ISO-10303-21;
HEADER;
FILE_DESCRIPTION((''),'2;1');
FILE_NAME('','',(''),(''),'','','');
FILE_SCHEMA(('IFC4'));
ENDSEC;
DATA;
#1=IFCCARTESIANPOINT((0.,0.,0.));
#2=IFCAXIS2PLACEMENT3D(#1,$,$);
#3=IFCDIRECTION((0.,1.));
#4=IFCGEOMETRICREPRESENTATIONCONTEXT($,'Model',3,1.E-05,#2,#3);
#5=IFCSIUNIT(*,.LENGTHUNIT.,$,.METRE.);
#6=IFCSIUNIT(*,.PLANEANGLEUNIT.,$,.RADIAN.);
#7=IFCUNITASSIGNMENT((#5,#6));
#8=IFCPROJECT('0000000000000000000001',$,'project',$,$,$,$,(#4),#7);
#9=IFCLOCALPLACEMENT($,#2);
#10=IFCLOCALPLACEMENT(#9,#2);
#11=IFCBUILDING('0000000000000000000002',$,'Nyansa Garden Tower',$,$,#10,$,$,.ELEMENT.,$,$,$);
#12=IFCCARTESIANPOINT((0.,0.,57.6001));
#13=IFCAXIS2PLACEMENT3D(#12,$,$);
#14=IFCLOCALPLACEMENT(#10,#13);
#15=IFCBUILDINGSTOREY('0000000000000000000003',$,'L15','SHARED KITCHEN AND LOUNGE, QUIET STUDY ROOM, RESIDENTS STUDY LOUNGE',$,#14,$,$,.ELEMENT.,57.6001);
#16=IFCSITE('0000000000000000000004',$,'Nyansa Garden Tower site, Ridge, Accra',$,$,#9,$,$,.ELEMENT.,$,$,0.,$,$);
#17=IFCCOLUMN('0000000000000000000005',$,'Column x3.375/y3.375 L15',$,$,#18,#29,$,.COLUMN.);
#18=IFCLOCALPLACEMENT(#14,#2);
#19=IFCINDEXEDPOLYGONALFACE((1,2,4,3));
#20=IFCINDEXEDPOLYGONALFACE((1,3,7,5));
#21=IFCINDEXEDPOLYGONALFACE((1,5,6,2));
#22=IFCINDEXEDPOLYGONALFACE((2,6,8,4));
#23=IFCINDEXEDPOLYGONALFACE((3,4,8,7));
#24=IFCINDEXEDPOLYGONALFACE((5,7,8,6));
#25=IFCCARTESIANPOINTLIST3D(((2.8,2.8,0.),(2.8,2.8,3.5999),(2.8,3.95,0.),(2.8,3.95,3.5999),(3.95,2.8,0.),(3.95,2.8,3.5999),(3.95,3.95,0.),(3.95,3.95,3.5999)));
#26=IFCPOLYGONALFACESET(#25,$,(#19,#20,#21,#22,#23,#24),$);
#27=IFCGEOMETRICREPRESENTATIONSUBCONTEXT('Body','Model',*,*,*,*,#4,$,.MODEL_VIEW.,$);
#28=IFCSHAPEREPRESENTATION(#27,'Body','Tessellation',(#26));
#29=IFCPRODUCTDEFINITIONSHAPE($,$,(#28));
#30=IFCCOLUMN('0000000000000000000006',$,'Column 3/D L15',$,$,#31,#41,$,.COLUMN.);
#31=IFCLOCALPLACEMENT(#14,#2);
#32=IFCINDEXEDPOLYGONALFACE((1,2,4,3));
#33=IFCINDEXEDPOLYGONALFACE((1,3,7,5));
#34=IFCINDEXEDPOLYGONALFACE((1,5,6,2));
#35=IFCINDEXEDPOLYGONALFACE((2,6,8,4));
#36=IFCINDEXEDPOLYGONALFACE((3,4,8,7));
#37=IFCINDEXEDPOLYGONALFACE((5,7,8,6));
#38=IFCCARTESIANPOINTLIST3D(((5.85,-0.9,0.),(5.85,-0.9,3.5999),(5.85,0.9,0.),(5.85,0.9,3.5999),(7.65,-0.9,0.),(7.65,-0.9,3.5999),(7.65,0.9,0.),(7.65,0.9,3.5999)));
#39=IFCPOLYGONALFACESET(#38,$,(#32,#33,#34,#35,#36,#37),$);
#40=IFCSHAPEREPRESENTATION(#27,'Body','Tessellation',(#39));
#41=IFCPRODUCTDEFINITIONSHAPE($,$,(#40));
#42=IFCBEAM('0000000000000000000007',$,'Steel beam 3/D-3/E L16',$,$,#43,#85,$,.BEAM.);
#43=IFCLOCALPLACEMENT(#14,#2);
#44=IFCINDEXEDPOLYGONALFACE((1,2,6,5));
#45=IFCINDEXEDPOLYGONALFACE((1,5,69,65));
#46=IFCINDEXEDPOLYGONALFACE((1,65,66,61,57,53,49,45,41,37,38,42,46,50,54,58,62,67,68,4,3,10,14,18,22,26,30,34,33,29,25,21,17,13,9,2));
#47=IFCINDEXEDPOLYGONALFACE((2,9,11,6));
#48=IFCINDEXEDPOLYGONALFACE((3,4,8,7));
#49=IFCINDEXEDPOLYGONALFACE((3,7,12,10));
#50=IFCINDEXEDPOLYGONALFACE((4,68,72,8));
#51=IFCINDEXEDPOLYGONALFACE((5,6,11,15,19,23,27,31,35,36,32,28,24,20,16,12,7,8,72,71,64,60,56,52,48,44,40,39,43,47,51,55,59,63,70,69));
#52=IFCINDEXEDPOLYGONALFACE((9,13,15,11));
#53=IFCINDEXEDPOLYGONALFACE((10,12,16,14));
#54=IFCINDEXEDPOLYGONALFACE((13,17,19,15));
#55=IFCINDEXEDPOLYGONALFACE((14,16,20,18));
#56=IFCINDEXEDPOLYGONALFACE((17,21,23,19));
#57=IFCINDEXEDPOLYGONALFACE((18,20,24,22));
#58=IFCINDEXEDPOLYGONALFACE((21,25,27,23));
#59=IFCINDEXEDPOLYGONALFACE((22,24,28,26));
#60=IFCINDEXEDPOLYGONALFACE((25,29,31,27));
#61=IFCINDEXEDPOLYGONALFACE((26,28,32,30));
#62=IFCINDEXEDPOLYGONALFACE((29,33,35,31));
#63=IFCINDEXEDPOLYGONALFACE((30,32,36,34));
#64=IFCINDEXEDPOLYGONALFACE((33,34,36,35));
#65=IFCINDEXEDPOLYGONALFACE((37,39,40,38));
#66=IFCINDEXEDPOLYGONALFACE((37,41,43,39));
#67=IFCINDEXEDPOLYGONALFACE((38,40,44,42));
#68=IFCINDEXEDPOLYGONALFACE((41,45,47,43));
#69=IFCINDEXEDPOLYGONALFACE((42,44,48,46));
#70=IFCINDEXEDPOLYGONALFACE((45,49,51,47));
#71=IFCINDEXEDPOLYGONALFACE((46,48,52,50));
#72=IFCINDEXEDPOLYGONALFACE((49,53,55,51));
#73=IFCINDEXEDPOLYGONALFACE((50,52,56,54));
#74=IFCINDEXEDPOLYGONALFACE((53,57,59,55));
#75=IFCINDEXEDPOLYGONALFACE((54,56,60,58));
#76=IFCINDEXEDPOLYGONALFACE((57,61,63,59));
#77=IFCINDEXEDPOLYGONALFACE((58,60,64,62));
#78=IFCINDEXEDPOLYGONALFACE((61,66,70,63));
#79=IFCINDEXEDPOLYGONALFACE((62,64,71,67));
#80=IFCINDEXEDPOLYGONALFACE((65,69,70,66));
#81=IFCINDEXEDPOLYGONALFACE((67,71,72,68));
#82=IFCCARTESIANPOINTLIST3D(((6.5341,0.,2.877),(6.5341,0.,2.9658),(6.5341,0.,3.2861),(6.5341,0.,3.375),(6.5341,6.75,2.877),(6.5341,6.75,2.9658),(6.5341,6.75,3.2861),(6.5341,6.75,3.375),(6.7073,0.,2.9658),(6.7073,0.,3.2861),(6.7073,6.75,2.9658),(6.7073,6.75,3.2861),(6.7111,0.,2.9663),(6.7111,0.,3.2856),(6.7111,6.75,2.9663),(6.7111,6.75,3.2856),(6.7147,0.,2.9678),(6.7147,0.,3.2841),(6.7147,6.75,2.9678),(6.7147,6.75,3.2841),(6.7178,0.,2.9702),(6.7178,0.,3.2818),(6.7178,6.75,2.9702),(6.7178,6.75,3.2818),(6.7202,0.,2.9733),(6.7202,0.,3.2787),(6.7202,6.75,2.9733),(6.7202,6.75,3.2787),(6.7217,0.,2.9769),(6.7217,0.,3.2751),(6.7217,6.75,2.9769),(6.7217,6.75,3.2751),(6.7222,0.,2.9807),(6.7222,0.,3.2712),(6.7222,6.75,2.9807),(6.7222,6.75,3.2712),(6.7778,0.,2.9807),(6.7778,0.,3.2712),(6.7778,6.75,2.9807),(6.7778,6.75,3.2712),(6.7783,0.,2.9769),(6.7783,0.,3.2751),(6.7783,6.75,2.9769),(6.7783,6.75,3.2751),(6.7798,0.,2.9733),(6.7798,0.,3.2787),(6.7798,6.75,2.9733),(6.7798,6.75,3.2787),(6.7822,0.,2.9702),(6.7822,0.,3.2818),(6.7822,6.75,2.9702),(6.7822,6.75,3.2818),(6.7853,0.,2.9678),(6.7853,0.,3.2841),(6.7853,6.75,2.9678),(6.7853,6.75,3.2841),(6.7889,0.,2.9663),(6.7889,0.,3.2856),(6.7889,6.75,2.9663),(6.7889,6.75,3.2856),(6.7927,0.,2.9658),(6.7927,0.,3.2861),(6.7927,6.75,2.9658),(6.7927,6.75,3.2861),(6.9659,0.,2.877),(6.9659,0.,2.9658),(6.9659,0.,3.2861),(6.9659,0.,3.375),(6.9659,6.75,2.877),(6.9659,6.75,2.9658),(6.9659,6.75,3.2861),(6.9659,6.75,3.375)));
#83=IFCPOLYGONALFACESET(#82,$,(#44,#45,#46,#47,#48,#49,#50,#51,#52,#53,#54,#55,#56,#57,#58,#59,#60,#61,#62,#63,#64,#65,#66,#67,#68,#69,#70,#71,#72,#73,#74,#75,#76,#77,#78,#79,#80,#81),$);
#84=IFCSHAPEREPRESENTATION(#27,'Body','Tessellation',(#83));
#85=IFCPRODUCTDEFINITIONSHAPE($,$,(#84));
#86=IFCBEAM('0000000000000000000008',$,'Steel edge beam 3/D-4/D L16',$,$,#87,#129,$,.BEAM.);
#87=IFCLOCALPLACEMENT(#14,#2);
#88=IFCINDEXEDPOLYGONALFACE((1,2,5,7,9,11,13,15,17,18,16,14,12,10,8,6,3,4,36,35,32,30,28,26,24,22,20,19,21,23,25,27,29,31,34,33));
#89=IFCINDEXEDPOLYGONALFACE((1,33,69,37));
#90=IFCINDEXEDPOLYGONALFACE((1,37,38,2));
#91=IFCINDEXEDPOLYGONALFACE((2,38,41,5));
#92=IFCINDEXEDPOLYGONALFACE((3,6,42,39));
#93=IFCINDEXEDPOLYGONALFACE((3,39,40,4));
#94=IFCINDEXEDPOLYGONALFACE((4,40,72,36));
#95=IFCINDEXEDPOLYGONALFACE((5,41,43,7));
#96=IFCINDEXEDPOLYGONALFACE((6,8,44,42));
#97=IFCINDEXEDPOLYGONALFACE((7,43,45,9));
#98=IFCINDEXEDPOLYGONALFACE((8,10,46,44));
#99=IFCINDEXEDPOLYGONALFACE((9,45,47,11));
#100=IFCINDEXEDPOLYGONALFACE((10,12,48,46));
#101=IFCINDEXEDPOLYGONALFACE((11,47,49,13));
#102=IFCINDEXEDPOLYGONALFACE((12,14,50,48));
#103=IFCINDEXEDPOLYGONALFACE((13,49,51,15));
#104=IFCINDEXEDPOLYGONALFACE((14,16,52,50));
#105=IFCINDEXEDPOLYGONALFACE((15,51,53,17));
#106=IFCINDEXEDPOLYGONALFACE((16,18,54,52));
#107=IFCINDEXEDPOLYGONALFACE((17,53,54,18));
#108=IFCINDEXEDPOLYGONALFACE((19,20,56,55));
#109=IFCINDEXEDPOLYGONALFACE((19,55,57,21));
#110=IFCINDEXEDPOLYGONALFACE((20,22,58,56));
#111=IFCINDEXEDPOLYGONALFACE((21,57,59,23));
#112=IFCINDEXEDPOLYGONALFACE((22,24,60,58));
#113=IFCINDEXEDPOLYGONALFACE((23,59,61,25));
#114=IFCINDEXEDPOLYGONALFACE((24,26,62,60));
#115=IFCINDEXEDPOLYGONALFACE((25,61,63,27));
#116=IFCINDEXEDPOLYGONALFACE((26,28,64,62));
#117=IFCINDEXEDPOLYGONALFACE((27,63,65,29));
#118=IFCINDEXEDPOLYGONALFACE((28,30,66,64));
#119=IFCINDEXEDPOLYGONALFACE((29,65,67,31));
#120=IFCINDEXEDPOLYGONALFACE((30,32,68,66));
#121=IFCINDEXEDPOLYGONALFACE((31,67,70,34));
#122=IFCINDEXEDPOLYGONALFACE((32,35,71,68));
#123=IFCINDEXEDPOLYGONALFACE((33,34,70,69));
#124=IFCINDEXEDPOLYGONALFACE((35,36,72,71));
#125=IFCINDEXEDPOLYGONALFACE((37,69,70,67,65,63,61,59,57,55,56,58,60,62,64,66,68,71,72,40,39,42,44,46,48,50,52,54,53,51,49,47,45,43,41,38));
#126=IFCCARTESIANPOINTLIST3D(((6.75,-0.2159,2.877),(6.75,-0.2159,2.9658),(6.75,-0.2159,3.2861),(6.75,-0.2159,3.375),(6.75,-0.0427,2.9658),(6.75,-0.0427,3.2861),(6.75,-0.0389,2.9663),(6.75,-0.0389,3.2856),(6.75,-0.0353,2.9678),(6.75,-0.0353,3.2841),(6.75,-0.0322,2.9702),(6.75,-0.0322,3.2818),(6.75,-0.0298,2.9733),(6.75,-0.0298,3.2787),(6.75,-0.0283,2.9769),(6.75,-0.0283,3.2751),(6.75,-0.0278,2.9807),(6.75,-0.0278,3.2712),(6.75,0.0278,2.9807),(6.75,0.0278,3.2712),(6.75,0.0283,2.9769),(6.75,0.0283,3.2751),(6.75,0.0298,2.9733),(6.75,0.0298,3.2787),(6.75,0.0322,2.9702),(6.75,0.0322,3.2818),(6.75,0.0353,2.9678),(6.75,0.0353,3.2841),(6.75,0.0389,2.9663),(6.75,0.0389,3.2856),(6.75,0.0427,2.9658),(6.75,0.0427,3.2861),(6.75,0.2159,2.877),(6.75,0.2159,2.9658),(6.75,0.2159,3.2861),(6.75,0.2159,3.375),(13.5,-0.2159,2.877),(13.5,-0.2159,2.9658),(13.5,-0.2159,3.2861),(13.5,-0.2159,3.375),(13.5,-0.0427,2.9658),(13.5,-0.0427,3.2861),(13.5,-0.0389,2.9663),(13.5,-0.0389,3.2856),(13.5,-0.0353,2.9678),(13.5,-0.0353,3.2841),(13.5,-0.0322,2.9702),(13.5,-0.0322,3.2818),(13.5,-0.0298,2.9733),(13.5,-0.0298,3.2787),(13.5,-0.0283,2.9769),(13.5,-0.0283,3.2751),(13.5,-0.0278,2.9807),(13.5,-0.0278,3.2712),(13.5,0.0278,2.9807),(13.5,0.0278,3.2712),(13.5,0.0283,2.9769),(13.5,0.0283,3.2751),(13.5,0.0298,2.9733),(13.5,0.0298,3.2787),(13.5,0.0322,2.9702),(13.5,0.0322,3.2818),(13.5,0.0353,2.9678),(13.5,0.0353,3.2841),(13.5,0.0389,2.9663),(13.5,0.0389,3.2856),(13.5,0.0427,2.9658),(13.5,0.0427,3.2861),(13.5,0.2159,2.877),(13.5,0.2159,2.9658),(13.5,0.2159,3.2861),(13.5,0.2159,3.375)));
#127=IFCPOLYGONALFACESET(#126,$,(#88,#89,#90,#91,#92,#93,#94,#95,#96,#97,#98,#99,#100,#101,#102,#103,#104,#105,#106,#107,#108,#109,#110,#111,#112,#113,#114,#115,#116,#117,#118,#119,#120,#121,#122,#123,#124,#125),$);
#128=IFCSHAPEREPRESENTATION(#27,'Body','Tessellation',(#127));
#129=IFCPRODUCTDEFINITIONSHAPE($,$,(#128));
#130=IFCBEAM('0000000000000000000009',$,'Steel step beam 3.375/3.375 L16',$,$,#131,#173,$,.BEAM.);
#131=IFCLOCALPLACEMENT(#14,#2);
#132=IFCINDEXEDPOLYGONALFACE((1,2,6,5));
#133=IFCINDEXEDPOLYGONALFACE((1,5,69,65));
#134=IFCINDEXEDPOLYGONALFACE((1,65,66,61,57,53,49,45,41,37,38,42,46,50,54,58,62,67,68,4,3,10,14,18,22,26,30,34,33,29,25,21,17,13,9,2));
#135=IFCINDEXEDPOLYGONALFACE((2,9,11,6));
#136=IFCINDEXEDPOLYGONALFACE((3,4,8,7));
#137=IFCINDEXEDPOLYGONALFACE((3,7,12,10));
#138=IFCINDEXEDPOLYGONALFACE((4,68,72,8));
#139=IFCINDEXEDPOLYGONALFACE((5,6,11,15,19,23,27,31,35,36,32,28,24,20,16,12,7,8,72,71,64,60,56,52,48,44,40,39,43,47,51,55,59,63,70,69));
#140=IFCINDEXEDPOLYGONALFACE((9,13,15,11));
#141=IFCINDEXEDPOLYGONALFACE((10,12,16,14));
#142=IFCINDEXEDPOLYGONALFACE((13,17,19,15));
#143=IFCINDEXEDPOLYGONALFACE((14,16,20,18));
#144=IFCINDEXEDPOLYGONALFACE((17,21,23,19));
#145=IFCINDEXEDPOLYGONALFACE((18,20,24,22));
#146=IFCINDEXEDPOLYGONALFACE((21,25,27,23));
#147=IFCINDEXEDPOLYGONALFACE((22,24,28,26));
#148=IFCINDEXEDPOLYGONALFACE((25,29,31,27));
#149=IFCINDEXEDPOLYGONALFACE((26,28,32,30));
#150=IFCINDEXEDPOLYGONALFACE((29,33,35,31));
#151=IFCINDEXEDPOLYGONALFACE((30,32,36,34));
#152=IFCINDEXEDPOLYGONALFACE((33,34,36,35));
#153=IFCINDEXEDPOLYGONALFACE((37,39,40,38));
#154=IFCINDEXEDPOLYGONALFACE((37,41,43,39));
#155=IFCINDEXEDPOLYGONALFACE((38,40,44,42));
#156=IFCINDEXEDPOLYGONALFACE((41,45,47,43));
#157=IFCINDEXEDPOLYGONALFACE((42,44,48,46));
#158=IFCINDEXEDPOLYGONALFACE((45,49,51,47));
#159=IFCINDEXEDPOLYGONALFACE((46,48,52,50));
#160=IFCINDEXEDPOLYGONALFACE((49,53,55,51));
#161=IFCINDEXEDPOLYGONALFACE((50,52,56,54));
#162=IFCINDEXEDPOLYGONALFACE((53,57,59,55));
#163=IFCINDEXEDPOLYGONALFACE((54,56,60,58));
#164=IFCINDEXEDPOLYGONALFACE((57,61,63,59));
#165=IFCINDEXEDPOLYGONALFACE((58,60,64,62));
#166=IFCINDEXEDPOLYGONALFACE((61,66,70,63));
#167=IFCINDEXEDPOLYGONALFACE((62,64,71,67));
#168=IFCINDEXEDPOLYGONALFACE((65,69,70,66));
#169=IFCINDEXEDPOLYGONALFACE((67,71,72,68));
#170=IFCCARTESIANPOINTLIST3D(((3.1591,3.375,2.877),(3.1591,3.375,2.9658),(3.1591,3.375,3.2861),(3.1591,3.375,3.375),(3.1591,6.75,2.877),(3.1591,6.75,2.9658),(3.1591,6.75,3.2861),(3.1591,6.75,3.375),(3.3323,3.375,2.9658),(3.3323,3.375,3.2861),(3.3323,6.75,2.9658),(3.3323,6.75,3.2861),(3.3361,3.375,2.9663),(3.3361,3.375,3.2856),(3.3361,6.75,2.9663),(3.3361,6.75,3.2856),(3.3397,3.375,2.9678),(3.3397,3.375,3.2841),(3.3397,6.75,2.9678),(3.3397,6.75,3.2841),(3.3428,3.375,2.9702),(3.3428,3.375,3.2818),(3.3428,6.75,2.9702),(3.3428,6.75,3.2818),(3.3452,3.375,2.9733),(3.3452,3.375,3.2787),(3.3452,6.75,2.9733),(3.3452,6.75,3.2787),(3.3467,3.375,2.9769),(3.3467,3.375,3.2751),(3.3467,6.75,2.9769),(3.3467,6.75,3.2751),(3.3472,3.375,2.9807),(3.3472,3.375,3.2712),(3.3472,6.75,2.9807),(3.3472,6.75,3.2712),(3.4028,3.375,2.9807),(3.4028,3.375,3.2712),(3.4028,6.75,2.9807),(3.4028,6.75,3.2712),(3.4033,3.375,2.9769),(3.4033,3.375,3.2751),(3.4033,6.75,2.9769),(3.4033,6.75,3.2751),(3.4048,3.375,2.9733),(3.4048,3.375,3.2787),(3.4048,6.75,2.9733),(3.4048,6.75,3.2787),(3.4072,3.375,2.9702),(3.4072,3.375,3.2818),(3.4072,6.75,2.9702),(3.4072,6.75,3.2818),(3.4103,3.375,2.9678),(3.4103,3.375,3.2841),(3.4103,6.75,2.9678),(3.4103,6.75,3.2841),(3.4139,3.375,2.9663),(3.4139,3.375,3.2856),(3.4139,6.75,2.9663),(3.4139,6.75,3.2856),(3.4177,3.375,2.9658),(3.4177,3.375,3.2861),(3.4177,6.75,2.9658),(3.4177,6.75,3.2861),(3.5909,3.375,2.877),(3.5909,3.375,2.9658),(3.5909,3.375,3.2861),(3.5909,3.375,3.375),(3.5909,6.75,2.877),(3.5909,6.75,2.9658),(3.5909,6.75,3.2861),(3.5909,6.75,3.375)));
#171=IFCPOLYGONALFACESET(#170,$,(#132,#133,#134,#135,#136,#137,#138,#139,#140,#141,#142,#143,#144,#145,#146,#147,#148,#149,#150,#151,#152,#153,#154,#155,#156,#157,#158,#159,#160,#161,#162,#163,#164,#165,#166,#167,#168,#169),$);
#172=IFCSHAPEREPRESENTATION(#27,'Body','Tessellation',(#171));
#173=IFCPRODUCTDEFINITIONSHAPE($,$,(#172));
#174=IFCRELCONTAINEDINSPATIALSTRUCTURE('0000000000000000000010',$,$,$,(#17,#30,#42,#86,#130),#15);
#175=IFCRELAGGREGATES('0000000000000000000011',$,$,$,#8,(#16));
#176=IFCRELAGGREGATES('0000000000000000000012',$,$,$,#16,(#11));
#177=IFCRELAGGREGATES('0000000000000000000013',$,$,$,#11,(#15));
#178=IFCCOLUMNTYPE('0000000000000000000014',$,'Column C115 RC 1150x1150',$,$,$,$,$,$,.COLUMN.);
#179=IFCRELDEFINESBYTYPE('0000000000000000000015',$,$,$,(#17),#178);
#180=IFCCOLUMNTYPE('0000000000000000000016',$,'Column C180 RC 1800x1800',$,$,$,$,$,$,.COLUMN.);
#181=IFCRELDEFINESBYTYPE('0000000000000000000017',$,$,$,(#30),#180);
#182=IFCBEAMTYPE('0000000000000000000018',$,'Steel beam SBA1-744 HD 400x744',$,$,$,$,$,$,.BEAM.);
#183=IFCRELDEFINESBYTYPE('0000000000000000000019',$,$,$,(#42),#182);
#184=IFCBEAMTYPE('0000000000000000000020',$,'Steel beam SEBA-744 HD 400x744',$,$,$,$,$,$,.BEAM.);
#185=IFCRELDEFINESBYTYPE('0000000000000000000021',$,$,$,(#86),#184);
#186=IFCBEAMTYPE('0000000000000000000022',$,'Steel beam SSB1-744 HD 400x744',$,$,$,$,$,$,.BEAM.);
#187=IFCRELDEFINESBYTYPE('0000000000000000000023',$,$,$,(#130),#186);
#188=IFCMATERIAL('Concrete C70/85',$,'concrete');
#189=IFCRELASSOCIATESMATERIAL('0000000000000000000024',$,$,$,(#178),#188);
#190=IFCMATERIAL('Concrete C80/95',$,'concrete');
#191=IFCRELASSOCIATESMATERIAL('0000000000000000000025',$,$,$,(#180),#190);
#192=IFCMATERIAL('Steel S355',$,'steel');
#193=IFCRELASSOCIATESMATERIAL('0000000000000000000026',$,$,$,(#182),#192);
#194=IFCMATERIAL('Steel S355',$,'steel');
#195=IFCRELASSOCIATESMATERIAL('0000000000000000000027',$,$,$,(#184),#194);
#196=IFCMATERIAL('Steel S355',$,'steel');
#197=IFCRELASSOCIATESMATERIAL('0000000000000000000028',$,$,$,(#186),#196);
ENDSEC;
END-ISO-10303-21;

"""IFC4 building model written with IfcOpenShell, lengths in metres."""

from ifc_helpers import new_model, si_unit, direction, frame, origin, origin_2d, place, context, subcontext, project, spatial, rectangle, i_section, extrude, material, material_profile, profile_set, type_object, element, save


model = new_model("IFC4")

# Units and contexts
model_context = context("Model", 3, precision=1e-05, world=origin(), true_north=direction((0.0, 1.0)))
body_context = subcontext(model_context, "Body", "Model", "MODEL_VIEW")
ifc_project = project(units=[si_unit("LENGTHUNIT", "METRE"), si_unit("PLANEANGLEUNIT", "RADIAN")], contexts=[model_context])

# Site, building, storey
site_placement = place(None, origin())
site = spatial("IfcSite", under=ifc_project, at=site_placement, Name="Nyansa Garden Tower site, Ridge, Accra", CompositionType="ELEMENT", RefElevation=0.0)
building_placement = place(site_placement, origin())
building = spatial("IfcBuilding", under=site, at=building_placement, Name="Nyansa Garden Tower", CompositionType="ELEMENT")
storey_placement = place(building_placement, frame((0.0, 0.0, 57.6001)))
storey = spatial("IfcBuildingStorey", under=building, at=storey_placement, Name="L15", Description="SHARED KITCHEN AND LOUNGE, QUIET STUDY ROOM, RESIDENTS STUDY LOUNGE", CompositionType="ELEMENT", Elevation=57.6001)

# Columns
ifc_material_1 = material(Name="Concrete C70/85", Category="concrete")
ifc_material_profile_1 = material_profile(ifc_material_1, rectangle(XDim=1.1499, YDim=1.1499, at=origin_2d()), Name="RC 1150x1150")
ifc_profile_set_1 = profile_set([ifc_material_profile_1], Name="Concrete C70/85")
column_type_1 = type_object("IfcColumnType", Name="Column C115 RC 1150x1150", PredefinedType="COLUMN", material=ifc_profile_set_1)
column_1_placement = place(storey_placement, frame((3.375, 3.375, 0.0), z_axis=(0.0, 0.0, 1.0), x_axis=(1.0, 0.0, 0.0)))
element("IfcColumn", 1, at=column_1_placement, inside=storey, type_object=column_type_1, Name="Column x3.375/y3.375 L15", PredefinedType="COLUMN", context=body_context, shape_type="SweptSolid", body=[
    extrude(rectangle(XDim=1.1499, YDim=1.1499, at=origin_2d()), origin(), (0.0, 0.0, 1.0), 3.5999),
])
ifc_material_2 = material(Name="Concrete C80/95", Category="concrete")
ifc_material_profile_2 = material_profile(ifc_material_2, rectangle(XDim=1.8, YDim=1.8, at=origin_2d()), Name="RC 1800x1800")
ifc_profile_set_2 = profile_set([ifc_material_profile_2], Name="Concrete C80/95")
column_type_2 = type_object("IfcColumnType", Name="Column C180 RC 1800x1800", PredefinedType="COLUMN", material=ifc_profile_set_2)
column_2_placement = place(storey_placement, frame((6.75, 0.0, 0.0), z_axis=(0.0, 0.0, 1.0), x_axis=(1.0, 0.0, 0.0)))
element("IfcColumn", 2, at=column_2_placement, inside=storey, type_object=column_type_2, Name="Column 3/D L15", PredefinedType="COLUMN", context=body_context, shape_type="SweptSolid", body=[
    extrude(rectangle(XDim=1.8, YDim=1.8, at=origin_2d()), origin(), (0.0, 0.0, 1.0), 3.5999),
])

# Beams
ifc_material_3 = material(Name="Steel S355", Category="steel")
ifc_material_profile_3 = material_profile(ifc_material_3, i_section(OverallWidth=0.4319, OverallDepth=0.498, WebThickness=0.0557, FlangeThickness=0.0889, FilletRadius=0.0149, at=origin_2d()), Name="HD 400x744")
ifc_profile_set_3 = profile_set([ifc_material_profile_3], Name="Steel S355")
beam_type_1 = type_object("IfcBeamType", Name="Steel beam SBA1-744 HD 400x744", PredefinedType="BEAM", material=ifc_profile_set_3)
beam_1_placement = place(storey_placement, frame((6.75, 0.0, 3.126), z_axis=(0.0, 1.0, 0.0), x_axis=(-1.0, 0.0, 0.0)))
element("IfcBeam", 3, at=beam_1_placement, inside=storey, type_object=beam_type_1, Name="Steel beam 3/D-3/E L16", PredefinedType="BEAM", context=body_context, shape_type="SweptSolid", body=[
    extrude(i_section(OverallWidth=0.4319, OverallDepth=0.498, WebThickness=0.0557, FlangeThickness=0.0889, FilletRadius=0.0149, at=origin_2d()), origin(), (0.0, 0.0, 1.0), 6.75),
])
ifc_material_4 = material(Name="Steel S355", Category="steel")
ifc_material_profile_4 = material_profile(ifc_material_4, i_section(OverallWidth=0.4319, OverallDepth=0.498, WebThickness=0.0557, FlangeThickness=0.0889, FilletRadius=0.0149, at=origin_2d()), Name="HD 400x744")
ifc_profile_set_4 = profile_set([ifc_material_profile_4], Name="Steel S355")
beam_type_2 = type_object("IfcBeamType", Name="Steel beam SEBA-744 HD 400x744", PredefinedType="BEAM", material=ifc_profile_set_4)
beam_2_placement = place(storey_placement, frame((6.75, 0.0, 3.126), z_axis=(1.0, 0.0, 0.0), x_axis=(0.0, 1.0, 0.0)))
element("IfcBeam", 4, at=beam_2_placement, inside=storey, type_object=beam_type_2, Name="Steel edge beam 3/D-4/D L16", PredefinedType="BEAM", context=body_context, shape_type="SweptSolid", body=[
    extrude(i_section(OverallWidth=0.4319, OverallDepth=0.498, WebThickness=0.0557, FlangeThickness=0.0889, FilletRadius=0.0149, at=origin_2d()), origin(), (0.0, 0.0, 1.0), 6.75),
])
ifc_material_5 = material(Name="Steel S355", Category="steel")
ifc_material_profile_5 = material_profile(ifc_material_5, i_section(OverallWidth=0.4319, OverallDepth=0.498, WebThickness=0.0557, FlangeThickness=0.0889, FilletRadius=0.0149, at=origin_2d()), Name="HD 400x744")
ifc_profile_set_5 = profile_set([ifc_material_profile_5], Name="Steel S355")
beam_type_3 = type_object("IfcBeamType", Name="Steel beam SSB1-744 HD 400x744", PredefinedType="BEAM", material=ifc_profile_set_5)
for number, where, z_axis, x_axis, name in (
    (5, (3.375, 3.375, 3.126), (0.0, 1.0, 0.0), (-1.0, 0.0, 0.0), "Steel step beam 3.375/3.375 L16"),
):
    element("IfcBeam", number, at=place(storey_placement, frame(where, z_axis=z_axis, x_axis=x_axis)), inside=storey, type_object=beam_type_3, Name=name, PredefinedType="BEAM", context=body_context, shape_type="SweptSolid", body=[
        extrude(i_section(OverallWidth=0.4319, OverallDepth=0.498, WebThickness=0.0557, FlangeThickness=0.0889, FilletRadius=0.0149, at=origin_2d()), origin(), (0.0, 0.0, 1.0), 3.375),
    ])

save(model, "model.ifc")
